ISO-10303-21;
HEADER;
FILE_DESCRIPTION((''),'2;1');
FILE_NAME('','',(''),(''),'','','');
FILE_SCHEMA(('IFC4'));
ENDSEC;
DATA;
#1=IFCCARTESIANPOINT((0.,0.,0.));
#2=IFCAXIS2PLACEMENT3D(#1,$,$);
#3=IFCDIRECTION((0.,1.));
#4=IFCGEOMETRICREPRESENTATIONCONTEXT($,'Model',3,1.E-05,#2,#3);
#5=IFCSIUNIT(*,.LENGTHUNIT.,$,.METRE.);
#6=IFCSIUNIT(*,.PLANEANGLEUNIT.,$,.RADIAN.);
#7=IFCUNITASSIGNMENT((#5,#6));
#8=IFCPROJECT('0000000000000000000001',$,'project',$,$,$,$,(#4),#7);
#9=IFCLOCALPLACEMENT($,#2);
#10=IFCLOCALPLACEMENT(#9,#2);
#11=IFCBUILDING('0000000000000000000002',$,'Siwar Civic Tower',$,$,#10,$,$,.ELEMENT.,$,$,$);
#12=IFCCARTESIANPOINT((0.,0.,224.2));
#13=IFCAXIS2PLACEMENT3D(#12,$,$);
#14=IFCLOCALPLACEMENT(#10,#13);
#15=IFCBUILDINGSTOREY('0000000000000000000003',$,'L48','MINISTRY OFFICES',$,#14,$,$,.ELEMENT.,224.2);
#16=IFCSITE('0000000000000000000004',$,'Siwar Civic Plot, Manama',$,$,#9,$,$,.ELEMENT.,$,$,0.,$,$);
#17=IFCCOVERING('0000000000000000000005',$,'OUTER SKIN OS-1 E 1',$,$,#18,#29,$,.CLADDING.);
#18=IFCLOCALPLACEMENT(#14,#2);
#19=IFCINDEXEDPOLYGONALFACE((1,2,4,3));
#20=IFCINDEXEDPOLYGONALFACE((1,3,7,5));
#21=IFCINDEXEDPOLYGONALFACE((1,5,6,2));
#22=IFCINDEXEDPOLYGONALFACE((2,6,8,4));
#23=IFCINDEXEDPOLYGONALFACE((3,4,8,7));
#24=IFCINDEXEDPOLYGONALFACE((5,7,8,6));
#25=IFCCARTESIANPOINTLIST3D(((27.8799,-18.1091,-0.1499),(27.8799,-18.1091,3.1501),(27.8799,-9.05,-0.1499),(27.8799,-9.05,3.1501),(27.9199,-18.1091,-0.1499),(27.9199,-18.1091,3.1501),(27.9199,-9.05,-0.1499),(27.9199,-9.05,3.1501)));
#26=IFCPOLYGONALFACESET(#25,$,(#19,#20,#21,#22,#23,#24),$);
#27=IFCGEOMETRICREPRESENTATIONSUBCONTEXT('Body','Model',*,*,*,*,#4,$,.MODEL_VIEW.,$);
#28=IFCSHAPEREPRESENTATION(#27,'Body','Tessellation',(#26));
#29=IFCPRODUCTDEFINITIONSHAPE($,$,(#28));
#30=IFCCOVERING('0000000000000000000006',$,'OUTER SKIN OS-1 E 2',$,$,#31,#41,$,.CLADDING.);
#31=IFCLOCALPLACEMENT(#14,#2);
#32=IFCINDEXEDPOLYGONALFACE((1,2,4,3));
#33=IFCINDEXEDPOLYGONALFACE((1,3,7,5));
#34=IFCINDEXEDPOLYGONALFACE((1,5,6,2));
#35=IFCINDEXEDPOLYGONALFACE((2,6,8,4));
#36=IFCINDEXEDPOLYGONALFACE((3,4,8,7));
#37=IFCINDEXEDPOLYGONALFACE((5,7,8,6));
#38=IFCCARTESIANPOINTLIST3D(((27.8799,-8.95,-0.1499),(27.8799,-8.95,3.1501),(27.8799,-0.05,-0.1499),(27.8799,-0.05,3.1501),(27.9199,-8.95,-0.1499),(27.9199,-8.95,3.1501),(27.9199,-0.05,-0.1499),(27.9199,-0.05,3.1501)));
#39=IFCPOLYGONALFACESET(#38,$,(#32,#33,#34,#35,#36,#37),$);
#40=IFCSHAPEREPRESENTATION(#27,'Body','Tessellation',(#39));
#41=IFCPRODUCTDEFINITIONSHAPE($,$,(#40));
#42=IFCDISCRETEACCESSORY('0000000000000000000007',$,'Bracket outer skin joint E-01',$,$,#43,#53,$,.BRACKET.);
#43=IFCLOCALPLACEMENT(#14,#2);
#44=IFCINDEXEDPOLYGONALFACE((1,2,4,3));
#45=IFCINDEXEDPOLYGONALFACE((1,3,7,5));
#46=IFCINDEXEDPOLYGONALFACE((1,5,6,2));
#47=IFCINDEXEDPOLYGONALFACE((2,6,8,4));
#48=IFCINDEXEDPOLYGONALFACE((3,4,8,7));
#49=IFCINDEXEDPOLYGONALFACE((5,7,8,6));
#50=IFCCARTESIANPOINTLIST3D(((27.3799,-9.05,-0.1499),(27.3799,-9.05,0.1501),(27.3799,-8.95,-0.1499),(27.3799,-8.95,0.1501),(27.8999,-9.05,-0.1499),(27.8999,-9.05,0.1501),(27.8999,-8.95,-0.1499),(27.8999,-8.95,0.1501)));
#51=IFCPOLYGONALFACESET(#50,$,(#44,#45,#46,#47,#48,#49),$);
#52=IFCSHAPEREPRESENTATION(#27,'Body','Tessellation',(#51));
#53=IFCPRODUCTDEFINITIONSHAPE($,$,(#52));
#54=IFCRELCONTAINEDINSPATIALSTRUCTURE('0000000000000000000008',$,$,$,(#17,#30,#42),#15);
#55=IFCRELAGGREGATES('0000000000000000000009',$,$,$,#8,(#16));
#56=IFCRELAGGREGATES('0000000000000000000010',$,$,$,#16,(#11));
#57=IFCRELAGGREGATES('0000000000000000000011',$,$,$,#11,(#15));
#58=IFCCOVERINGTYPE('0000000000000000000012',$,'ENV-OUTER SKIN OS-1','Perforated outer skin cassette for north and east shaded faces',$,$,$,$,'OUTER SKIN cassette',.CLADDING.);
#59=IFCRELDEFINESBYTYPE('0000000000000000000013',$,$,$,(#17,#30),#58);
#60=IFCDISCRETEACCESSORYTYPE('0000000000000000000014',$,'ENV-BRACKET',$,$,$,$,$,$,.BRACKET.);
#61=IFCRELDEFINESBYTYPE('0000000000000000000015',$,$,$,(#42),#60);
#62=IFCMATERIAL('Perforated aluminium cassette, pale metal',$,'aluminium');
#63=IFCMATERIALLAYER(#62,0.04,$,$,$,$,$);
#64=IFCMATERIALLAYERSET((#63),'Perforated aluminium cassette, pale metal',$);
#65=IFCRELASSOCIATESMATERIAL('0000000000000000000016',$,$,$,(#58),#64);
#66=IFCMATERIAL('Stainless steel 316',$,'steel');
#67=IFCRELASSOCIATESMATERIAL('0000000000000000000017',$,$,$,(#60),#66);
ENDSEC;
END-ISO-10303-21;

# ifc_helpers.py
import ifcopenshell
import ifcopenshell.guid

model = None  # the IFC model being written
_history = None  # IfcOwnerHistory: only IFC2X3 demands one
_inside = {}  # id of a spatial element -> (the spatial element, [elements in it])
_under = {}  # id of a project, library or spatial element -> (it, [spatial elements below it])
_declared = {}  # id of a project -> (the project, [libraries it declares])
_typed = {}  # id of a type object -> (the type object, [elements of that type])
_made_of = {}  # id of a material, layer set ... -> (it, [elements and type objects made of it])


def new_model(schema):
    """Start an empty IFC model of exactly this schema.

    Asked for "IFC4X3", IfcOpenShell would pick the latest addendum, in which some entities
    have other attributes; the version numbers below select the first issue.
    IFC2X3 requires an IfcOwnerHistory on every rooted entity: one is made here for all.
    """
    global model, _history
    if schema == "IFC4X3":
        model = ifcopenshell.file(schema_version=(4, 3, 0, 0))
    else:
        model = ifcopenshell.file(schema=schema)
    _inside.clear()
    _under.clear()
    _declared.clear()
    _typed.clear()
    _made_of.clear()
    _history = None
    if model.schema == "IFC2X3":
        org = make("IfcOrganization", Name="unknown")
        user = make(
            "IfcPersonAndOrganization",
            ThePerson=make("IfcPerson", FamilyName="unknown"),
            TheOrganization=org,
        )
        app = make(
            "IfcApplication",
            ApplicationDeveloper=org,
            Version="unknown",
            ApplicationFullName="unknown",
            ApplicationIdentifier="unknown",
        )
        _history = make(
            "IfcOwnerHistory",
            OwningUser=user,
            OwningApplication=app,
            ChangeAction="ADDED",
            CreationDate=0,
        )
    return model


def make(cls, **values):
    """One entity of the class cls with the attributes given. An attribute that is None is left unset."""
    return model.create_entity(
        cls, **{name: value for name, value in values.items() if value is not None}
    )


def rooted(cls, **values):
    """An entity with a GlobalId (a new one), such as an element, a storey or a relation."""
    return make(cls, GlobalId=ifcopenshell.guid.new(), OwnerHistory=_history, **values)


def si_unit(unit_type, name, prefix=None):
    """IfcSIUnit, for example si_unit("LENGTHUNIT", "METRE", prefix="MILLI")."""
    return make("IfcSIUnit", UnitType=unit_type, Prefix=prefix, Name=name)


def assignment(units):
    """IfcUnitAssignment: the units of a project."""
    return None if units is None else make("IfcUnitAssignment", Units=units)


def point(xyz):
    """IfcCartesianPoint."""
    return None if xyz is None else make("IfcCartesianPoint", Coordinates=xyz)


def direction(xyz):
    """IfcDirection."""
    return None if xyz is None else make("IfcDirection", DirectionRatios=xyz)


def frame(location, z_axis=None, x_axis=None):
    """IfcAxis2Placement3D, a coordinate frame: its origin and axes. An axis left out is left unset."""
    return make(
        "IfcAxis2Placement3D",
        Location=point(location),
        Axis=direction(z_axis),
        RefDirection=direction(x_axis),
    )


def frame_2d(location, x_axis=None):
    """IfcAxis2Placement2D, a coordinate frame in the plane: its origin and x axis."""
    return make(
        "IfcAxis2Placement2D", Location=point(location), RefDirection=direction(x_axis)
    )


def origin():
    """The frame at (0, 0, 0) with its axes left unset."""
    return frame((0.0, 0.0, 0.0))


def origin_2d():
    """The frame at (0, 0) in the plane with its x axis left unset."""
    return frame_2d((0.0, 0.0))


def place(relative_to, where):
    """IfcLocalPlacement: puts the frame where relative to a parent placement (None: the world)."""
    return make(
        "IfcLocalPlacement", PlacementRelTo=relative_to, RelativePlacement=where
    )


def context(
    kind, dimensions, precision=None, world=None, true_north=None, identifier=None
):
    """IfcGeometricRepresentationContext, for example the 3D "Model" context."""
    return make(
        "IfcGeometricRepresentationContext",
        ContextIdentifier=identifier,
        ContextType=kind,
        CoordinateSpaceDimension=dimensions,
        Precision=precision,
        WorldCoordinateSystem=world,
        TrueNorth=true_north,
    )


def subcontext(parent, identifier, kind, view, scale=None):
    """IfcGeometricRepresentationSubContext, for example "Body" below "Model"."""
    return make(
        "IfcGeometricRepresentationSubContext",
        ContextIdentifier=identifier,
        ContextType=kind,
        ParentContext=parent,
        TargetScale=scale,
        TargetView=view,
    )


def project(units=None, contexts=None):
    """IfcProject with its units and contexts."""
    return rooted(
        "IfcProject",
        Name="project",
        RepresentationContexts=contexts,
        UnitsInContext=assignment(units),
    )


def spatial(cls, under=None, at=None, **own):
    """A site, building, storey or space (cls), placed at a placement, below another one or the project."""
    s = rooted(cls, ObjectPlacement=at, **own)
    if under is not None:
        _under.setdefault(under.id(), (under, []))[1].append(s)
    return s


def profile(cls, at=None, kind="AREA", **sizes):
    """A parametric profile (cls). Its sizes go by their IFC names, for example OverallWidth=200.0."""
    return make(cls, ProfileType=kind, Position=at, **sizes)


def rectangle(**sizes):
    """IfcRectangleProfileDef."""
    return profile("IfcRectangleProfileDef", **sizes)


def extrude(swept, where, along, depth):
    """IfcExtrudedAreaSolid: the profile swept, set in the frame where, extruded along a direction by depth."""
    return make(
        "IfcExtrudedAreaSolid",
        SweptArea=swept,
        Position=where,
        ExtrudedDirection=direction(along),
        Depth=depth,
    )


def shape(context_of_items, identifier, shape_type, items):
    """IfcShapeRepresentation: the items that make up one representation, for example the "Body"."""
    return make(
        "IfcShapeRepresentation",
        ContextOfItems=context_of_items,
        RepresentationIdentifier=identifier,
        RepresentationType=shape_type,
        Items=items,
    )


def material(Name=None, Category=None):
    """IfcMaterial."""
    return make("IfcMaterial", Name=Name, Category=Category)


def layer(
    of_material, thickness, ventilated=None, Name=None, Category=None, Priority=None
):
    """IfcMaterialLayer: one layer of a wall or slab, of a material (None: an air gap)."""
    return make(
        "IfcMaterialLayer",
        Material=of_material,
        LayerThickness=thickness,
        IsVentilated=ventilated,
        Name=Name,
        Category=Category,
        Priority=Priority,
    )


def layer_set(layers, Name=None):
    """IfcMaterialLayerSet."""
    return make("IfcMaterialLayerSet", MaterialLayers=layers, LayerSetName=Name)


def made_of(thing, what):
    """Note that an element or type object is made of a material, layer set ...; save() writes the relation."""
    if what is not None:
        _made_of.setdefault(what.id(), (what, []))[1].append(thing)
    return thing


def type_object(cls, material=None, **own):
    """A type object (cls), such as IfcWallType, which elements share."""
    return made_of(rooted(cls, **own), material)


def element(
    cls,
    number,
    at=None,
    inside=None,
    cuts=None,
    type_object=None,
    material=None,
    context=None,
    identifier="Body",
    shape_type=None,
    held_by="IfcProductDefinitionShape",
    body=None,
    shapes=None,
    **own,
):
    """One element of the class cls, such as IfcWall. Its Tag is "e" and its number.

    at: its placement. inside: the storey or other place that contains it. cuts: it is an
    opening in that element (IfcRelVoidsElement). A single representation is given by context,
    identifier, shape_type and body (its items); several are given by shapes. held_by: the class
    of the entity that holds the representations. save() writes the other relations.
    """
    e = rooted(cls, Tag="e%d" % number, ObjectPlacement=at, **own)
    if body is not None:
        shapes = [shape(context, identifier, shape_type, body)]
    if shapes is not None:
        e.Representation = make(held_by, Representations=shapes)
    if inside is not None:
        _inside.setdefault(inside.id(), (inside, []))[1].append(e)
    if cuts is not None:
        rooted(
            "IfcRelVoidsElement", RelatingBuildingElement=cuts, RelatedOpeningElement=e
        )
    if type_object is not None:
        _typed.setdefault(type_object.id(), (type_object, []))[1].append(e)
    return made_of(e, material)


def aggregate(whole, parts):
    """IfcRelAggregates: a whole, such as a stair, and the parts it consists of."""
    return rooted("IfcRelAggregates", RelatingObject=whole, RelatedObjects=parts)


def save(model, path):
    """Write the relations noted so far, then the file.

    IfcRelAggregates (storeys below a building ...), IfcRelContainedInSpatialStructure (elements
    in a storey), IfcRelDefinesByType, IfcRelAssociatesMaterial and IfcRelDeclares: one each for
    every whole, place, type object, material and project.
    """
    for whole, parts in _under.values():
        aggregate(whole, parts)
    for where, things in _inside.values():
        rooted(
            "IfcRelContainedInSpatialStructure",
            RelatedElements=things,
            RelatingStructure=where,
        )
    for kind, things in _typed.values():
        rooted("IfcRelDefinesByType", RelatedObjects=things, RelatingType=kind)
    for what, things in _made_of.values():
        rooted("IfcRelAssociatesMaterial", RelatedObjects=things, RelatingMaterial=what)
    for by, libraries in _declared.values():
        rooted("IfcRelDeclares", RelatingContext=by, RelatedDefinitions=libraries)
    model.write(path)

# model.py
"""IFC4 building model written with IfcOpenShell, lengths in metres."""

from ifc_helpers import new_model, si_unit, direction, frame, origin, origin_2d, place, context, subcontext, project, spatial, rectangle, extrude, material, layer, layer_set, type_object, element, save


model = new_model("IFC4")

# Units and contexts
model_context = context("Model", 3, precision=1e-05, world=origin(), true_north=direction((0.0, 1.0)))
body_context = subcontext(model_context, "Body", "Model", "MODEL_VIEW")
ifc_project = project(units=[si_unit("LENGTHUNIT", "METRE"), si_unit("PLANEANGLEUNIT", "RADIAN")], contexts=[model_context])

# Site, building, storey
site_placement = place(None, origin())
site = spatial("IfcSite", under=ifc_project, at=site_placement, Name="Siwar Civic Plot, Manama", CompositionType="ELEMENT", RefElevation=0.0)
building_placement = place(site_placement, origin())
building = spatial("IfcBuilding", under=site, at=building_placement, Name="Siwar Civic Tower", CompositionType="ELEMENT")
storey_placement = place(building_placement, frame((0.0, 0.0, 224.2)))
storey = spatial("IfcBuildingStorey", under=building, at=storey_placement, Name="L48", Description="MINISTRY OFFICES", CompositionType="ELEMENT", Elevation=224.2)

# Coverings
ifc_material_1 = material(Name="Perforated aluminium cassette, pale metal", Category="aluminium")
ifc_layer_1 = layer(ifc_material_1, 0.04)
ifc_layer_set_1 = layer_set([ifc_layer_1], Name="Perforated aluminium cassette, pale metal")
covering_type = type_object("IfcCoveringType", Name="ENV-OUTER SKIN OS-1", Description="Perforated outer skin cassette for north and east shaded faces", ElementType="OUTER SKIN cassette", PredefinedType="CLADDING", material=ifc_layer_set_1)
covering_1_placement = place(storey_placement, frame((27.8999, -13.5796, -0.1499), z_axis=(0.0, 0.0, 1.0), x_axis=(0.0, 1.0, 0.0)))
element("IfcCovering", 1, at=covering_1_placement, inside=storey, type_object=covering_type, Name="OUTER SKIN OS-1 E 1", PredefinedType="CLADDING", context=body_context, shape_type="SweptSolid", body=[
    extrude(rectangle(XDim=9.0591, YDim=0.04, at=origin_2d()), origin(), (0.0, 0.0, 1.0), 3.3),
])
covering_2_placement = place(storey_placement, frame((27.8999, -4.5, -0.1499), z_axis=(0.0, 0.0, 1.0), x_axis=(0.0, 1.0, 0.0)))
element("IfcCovering", 2, at=covering_2_placement, inside=storey, type_object=covering_type, Name="OUTER SKIN OS-1 E 2", PredefinedType="CLADDING", context=body_context, shape_type="SweptSolid", body=[
    extrude(rectangle(XDim=8.8999, YDim=0.04, at=origin_2d()), origin(), (0.0, 0.0, 1.0), 3.3),
])

# Discrete accessory
ifc_material_2 = material(Name="Stainless steel 316", Category="steel")
discrete_accessory_type = type_object("IfcDiscreteAccessoryType", Name="ENV-BRACKET", PredefinedType="BRACKET", material=ifc_material_2)
discrete_accessory_placement = place(storey_placement, frame((27.6399, -9.0, -0.1499), z_axis=(0.0, 0.0, 1.0), x_axis=(1.0, 0.0, 0.0)))
element("IfcDiscreteAccessory", 3, at=discrete_accessory_placement, inside=storey, type_object=discrete_accessory_type, Name="Bracket outer skin joint E-01", PredefinedType="BRACKET", context=body_context, shape_type="SweptSolid", body=[
    extrude(rectangle(XDim=0.52, YDim=0.1001, at=origin_2d()), origin(), (0.0, 0.0, 1.0), 0.3),
])

save(model, "model.ifc")
